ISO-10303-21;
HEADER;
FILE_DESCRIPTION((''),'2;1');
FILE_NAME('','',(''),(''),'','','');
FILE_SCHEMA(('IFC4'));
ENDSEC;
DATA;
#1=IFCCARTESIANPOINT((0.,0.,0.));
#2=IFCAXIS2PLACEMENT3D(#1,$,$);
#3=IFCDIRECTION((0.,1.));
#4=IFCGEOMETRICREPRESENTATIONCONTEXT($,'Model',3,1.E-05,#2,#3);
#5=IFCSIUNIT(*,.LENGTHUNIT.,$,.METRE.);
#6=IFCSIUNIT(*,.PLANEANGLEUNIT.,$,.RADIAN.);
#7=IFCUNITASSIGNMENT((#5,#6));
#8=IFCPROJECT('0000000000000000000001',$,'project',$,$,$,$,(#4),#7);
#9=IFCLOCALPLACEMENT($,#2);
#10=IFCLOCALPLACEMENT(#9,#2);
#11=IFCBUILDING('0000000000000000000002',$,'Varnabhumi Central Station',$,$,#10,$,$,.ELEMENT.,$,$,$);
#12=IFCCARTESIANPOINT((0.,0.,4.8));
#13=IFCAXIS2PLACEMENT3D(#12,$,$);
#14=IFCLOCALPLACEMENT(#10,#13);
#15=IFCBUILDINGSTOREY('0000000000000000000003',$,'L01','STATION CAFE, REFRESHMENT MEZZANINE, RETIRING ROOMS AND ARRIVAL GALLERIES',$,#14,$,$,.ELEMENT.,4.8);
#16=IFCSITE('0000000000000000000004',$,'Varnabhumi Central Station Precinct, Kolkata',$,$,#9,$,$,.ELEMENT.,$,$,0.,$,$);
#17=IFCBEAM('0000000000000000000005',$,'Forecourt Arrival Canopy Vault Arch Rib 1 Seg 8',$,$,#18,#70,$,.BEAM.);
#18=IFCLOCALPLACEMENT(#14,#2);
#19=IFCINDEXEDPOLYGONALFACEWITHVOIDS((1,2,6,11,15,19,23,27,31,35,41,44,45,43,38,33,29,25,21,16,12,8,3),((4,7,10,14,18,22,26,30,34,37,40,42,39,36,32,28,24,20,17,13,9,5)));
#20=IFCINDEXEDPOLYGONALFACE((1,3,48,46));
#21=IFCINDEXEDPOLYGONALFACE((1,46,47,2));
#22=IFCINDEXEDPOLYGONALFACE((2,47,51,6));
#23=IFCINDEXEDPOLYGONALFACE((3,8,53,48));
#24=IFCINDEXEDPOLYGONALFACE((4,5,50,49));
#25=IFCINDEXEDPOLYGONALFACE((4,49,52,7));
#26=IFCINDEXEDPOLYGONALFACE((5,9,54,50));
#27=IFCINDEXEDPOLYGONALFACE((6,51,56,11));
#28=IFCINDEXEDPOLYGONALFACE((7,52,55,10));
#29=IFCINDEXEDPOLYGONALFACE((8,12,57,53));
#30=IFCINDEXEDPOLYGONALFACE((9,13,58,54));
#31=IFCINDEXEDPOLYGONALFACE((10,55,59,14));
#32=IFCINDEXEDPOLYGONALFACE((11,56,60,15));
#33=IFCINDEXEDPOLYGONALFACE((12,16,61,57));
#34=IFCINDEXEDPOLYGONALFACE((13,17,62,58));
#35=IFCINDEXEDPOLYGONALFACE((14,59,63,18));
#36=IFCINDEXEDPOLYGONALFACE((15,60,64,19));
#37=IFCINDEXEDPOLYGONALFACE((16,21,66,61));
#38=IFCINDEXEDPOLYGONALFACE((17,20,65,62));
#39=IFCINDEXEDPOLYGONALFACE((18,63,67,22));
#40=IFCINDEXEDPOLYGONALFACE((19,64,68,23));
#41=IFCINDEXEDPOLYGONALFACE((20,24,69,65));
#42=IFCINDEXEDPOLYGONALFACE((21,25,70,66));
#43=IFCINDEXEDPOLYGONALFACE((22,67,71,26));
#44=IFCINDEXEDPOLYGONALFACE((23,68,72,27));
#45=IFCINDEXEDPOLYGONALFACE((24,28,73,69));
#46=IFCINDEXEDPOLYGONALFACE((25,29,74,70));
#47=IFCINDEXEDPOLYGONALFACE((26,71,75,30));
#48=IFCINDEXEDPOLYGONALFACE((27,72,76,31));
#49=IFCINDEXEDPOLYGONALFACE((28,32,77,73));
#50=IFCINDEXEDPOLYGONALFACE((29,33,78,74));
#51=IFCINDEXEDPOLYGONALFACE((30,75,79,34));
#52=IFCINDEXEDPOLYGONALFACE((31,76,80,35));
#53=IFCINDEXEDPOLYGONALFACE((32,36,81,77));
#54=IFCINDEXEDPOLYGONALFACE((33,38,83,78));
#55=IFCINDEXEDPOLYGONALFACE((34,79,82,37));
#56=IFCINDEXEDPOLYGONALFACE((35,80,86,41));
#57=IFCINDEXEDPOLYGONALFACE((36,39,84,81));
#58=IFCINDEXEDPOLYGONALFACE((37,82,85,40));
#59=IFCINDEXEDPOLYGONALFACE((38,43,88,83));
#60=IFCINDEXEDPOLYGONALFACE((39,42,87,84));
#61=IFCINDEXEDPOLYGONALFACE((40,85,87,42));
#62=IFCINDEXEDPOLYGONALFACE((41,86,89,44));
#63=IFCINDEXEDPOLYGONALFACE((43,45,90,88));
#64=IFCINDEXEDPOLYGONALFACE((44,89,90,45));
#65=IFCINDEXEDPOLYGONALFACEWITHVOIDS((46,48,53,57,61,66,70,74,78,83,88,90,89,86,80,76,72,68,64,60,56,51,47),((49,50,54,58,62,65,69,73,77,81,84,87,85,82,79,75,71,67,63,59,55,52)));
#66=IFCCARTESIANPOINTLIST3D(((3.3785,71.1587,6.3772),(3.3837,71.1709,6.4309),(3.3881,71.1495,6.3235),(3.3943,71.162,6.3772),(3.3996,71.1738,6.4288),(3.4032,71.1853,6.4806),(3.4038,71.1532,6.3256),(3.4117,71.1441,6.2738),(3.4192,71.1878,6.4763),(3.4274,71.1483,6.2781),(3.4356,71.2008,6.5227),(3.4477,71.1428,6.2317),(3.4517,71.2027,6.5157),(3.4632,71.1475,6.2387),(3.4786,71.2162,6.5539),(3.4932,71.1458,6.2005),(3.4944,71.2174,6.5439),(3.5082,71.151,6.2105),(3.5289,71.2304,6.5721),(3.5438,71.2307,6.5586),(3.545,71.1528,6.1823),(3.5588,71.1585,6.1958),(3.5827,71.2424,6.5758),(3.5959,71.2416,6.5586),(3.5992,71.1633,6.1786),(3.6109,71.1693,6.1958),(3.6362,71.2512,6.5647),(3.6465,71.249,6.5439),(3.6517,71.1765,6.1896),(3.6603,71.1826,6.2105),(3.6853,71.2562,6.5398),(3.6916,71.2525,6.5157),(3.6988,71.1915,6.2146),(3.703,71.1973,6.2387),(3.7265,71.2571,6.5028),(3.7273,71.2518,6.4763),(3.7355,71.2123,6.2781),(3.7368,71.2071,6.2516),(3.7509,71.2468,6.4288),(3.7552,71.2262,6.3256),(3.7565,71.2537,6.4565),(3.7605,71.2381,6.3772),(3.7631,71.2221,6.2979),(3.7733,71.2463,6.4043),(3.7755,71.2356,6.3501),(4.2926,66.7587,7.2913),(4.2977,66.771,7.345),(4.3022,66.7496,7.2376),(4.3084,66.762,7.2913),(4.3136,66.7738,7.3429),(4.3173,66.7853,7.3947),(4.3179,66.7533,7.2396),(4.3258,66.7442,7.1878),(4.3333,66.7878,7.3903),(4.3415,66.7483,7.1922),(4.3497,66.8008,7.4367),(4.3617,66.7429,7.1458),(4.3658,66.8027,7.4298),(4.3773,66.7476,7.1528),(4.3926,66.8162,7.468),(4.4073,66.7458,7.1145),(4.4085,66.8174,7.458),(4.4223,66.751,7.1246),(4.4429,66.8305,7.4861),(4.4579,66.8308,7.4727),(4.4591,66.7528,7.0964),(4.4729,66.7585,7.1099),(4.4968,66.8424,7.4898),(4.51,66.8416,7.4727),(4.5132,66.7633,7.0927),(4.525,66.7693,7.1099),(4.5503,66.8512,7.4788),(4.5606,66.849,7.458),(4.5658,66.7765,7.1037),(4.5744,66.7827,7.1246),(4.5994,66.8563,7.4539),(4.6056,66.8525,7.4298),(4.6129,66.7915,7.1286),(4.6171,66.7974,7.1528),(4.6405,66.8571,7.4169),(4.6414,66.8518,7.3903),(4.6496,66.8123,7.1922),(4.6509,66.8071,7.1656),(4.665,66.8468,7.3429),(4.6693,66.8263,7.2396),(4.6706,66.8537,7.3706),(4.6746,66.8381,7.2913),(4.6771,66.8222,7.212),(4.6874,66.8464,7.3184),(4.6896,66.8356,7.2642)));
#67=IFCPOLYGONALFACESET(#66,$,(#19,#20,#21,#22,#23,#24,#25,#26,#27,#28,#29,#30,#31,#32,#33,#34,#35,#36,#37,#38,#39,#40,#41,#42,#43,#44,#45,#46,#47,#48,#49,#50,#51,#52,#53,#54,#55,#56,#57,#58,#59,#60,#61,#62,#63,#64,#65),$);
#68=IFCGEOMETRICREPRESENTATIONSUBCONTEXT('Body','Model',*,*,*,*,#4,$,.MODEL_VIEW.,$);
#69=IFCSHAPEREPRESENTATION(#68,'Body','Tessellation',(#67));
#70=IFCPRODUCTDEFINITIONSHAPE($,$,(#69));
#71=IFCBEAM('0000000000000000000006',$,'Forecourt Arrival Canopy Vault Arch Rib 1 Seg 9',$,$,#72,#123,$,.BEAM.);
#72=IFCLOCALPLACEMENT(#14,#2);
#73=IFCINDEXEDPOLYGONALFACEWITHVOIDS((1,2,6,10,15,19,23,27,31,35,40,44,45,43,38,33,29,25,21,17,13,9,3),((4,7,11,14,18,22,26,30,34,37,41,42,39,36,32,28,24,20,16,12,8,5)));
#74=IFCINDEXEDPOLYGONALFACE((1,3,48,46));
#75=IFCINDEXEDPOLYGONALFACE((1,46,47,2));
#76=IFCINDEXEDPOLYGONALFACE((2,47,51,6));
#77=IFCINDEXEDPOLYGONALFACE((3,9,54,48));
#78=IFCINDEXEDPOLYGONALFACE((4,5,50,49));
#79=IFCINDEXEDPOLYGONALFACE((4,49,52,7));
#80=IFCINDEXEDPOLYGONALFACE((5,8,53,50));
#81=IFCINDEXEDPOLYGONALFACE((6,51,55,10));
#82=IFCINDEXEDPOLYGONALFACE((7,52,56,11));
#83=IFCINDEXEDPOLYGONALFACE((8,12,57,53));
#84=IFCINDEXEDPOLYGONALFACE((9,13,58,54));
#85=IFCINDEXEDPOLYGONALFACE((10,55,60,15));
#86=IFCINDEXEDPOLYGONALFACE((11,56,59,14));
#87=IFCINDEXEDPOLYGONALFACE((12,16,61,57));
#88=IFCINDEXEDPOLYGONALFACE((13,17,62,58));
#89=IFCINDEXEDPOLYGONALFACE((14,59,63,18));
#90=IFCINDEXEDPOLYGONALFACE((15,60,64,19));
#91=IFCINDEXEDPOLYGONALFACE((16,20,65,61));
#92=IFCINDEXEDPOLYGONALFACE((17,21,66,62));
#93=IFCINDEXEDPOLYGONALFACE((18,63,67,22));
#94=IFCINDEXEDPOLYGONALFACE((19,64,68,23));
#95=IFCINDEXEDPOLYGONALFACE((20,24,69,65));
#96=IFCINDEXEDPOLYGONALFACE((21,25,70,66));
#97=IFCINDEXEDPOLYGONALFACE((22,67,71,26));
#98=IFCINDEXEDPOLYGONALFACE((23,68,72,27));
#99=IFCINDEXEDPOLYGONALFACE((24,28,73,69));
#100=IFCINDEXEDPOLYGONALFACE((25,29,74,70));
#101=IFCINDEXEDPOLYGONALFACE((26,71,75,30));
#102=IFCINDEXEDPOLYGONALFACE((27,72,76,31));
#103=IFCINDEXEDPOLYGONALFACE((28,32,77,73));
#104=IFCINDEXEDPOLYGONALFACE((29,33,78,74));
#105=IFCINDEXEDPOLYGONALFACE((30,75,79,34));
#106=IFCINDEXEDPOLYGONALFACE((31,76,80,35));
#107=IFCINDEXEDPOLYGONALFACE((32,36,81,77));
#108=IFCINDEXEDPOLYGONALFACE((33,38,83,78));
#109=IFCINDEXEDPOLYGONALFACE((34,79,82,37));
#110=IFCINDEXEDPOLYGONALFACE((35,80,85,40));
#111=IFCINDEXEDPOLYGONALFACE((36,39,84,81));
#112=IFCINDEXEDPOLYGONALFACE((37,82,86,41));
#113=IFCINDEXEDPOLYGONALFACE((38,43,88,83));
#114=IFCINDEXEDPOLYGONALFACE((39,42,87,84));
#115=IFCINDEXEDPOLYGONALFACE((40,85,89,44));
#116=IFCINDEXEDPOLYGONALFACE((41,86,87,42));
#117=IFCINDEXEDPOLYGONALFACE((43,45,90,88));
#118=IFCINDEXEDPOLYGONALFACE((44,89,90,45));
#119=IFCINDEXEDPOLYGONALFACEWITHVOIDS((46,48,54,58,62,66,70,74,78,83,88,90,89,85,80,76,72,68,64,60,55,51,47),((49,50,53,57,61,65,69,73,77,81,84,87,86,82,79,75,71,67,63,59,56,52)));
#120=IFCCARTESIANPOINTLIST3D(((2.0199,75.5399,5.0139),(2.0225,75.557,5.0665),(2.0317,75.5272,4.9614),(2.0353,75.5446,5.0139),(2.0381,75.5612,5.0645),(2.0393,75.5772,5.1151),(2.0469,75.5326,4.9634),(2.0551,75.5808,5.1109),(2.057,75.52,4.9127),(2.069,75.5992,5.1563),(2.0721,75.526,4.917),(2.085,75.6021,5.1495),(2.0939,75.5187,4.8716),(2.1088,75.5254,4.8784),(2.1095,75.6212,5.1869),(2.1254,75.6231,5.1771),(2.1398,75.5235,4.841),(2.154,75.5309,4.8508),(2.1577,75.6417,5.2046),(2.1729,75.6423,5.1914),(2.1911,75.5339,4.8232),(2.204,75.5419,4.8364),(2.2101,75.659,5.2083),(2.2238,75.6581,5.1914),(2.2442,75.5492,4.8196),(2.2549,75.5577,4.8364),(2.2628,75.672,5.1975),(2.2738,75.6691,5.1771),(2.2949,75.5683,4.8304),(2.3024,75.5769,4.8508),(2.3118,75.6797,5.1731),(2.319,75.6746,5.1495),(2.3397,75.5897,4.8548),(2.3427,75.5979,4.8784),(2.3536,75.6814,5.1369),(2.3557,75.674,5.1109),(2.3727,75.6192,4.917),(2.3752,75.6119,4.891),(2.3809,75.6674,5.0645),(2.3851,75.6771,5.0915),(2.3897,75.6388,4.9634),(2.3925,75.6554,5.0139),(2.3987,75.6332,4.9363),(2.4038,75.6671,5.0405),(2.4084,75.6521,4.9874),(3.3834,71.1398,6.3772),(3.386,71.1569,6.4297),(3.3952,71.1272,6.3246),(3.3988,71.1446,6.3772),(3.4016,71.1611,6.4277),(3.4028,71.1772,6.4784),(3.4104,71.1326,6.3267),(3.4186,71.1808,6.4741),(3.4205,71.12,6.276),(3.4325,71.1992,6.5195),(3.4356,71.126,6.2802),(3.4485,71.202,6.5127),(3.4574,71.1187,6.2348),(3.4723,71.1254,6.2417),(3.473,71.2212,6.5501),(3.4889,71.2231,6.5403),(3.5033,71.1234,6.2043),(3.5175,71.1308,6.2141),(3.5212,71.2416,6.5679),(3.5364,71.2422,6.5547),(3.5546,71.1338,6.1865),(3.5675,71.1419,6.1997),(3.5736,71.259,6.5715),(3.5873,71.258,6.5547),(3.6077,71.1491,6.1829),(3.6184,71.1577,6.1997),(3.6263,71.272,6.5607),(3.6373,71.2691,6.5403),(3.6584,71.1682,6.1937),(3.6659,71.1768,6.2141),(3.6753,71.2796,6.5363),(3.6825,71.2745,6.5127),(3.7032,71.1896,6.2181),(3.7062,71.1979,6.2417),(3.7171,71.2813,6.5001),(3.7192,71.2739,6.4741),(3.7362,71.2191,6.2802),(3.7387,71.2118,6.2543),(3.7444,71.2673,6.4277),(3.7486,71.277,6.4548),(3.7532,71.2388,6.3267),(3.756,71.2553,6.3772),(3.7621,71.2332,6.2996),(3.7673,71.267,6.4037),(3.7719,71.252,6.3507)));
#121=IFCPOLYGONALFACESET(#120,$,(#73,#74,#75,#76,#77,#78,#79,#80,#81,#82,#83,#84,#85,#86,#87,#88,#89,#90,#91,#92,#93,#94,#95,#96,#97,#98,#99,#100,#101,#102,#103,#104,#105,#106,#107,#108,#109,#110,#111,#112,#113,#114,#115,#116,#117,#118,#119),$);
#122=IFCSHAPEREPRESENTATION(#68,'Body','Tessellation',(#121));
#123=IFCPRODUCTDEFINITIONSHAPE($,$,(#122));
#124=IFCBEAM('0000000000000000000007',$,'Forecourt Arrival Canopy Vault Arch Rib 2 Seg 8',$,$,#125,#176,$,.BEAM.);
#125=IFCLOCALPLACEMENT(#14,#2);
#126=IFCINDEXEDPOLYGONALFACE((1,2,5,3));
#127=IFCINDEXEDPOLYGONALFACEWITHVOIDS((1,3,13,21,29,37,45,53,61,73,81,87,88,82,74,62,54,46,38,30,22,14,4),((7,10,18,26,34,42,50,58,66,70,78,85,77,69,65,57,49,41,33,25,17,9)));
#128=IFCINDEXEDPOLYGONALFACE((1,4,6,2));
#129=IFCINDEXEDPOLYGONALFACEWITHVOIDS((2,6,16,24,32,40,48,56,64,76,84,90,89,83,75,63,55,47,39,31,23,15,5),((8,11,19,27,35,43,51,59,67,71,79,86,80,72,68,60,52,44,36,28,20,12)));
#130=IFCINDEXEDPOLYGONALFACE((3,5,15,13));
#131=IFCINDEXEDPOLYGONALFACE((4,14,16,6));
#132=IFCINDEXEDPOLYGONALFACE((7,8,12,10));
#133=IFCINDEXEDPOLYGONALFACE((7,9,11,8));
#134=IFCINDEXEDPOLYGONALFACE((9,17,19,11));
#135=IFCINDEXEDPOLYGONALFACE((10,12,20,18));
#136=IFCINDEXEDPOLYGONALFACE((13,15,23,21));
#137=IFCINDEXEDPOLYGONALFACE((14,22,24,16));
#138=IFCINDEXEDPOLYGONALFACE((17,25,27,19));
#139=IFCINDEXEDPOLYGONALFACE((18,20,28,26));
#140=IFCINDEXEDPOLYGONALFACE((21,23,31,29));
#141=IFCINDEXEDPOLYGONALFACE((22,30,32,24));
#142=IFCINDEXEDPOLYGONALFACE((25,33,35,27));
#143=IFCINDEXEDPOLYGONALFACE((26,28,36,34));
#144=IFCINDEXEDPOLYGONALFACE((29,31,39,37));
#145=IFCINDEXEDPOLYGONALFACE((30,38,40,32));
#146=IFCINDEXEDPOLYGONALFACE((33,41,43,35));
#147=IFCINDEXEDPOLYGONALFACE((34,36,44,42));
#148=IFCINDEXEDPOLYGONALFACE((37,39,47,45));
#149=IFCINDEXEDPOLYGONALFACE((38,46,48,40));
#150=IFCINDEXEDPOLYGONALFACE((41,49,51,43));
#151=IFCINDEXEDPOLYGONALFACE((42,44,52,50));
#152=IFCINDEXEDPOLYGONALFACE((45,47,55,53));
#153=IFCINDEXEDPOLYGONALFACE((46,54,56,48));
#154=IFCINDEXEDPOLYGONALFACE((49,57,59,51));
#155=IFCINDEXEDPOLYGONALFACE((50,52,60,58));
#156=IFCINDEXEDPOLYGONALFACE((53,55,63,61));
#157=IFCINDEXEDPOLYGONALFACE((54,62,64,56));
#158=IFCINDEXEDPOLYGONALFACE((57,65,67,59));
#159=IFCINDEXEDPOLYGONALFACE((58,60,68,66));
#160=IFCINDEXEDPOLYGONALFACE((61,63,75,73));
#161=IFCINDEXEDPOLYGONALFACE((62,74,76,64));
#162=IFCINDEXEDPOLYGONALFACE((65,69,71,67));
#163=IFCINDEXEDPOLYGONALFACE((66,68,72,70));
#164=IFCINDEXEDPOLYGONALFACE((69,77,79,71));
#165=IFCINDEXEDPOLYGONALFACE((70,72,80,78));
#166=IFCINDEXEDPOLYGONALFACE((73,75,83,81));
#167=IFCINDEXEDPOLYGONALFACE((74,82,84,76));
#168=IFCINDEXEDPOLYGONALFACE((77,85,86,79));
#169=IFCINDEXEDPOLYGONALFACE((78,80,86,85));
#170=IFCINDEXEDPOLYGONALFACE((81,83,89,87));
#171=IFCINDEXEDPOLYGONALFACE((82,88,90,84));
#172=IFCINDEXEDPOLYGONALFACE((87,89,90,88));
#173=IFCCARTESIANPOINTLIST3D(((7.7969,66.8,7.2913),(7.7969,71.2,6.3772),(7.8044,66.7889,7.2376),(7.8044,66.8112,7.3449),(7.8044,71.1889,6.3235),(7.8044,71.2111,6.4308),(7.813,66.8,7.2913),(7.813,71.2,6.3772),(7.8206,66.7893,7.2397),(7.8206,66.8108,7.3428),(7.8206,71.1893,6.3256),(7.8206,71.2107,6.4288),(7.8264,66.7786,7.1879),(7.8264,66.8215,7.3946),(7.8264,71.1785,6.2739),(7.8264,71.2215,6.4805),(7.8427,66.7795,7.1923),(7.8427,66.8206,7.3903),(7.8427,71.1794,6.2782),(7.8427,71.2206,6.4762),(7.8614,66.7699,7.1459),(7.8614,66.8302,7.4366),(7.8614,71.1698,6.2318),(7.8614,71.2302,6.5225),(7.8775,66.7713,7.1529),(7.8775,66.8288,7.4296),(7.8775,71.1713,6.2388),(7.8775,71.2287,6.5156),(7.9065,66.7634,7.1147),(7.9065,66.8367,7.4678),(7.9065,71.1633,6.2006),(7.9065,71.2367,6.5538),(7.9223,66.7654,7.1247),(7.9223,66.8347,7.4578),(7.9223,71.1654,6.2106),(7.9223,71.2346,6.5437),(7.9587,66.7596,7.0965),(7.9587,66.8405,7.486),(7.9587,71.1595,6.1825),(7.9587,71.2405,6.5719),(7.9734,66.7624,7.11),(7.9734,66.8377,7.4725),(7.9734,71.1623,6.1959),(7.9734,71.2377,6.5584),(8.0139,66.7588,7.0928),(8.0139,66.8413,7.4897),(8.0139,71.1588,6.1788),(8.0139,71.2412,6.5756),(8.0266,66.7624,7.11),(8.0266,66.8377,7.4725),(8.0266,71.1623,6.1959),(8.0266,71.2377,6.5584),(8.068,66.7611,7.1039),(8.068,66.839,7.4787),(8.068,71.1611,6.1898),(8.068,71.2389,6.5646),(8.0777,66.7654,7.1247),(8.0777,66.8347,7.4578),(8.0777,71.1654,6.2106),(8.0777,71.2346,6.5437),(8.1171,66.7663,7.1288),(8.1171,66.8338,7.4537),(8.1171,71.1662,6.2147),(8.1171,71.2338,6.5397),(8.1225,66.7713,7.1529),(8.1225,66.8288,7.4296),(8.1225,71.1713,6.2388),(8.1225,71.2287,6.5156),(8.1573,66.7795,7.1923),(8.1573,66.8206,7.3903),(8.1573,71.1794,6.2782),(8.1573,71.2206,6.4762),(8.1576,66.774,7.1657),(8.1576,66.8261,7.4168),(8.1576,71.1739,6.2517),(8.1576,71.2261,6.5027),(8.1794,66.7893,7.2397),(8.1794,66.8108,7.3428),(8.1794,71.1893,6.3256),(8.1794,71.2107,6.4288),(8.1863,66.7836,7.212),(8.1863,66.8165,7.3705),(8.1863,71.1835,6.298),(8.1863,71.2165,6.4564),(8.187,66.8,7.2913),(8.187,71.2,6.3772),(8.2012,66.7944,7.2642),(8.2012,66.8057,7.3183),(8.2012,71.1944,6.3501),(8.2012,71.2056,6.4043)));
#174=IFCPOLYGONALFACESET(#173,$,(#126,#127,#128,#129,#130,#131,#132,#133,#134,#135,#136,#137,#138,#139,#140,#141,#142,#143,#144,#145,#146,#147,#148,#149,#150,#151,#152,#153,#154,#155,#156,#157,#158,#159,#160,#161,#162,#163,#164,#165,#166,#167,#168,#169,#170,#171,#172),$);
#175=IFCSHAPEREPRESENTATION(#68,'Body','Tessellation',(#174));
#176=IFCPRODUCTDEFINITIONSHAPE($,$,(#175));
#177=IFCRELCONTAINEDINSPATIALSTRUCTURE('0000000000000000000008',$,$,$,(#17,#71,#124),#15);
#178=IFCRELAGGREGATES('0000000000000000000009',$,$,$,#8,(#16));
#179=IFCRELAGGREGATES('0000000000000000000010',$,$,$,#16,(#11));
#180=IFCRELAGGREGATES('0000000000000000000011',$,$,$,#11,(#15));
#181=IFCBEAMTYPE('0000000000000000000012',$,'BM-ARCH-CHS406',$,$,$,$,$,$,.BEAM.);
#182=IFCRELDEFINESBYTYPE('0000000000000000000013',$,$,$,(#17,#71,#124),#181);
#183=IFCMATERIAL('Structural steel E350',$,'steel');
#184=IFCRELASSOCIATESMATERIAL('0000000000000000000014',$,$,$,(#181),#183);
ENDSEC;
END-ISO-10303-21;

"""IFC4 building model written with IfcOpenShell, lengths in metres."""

from ifc_helpers import new_model, si_unit, direction, frame, origin, origin_2d, place, context, subcontext, project, spatial, hollow_circle, extrude, material, material_profile, profile_set, type_object, element, save


model = new_model("IFC4")

# Units and contexts
model_context = context("Model", 3, precision=1e-05, world=origin(), true_north=direction((0.0, 1.0)))
body_context = subcontext(model_context, "Body", "Model", "MODEL_VIEW")
ifc_project = project(units=[si_unit("LENGTHUNIT", "METRE"), si_unit("PLANEANGLEUNIT", "RADIAN")], contexts=[model_context])

# Site, building, storey
site_placement = place(None, origin())
site = spatial("IfcSite", under=ifc_project, at=site_placement, Name="Varnabhumi Central Station Precinct, Kolkata", CompositionType="ELEMENT", RefElevation=0.0)
building_placement = place(site_placement, origin())
building = spatial("IfcBuilding", under=site, at=building_placement, Name="Varnabhumi Central Station", CompositionType="ELEMENT")
storey_placement = place(building_placement, frame((0.0, 0.0, 4.8)))
storey = spatial("IfcBuildingStorey", under=building, at=storey_placement, Name="L01", Description="STATION CAFE, REFRESHMENT MEZZANINE, RETIRING ROOMS AND ARRIVAL GALLERIES", CompositionType="ELEMENT", Elevation=4.8)

# Beams
ifc_material_1 = material(Name="Structural steel E350", Category="steel")
ifc_material_profile_1 = material_profile(ifc_material_1, hollow_circle(Radius=0.2031, WallThickness=0.0161, at=origin_2d()), Name="Structural steel E350", Category="steel")
ifc_profile_set_1 = profile_set([ifc_material_profile_1], Name="Structural steel E350")
beam_type_1 = type_object("IfcBeamType", Name="BM-ARCH-CHS406", PredefinedType="BEAM", material=ifc_profile_set_1)
beam_1_placement = place(storey_placement, frame((4.4915, 66.8, 7.2913), z_axis=(-0.199322, 0.959449, -0.199322), x_axis=(-0.979095, -0.203403, 0.0)))
element("IfcBeam", 1, at=beam_1_placement, inside=storey, type_object=beam_type_1, Name="Forecourt Arrival Canopy Vault Arch Rib 1 Seg 8", PredefinedType="BEAM", context=body_context, shape_type="SweptSolid", body=[
    extrude(hollow_circle(Radius=0.2031, WallThickness=0.0161, at=origin_2d()), origin(), (0.0, 0.0, 1.0), 4.5859),
])
beam_2_placement = place(storey_placement, frame((3.5774, 71.2, 6.3772), z_axis=(-0.283828, 0.915922, -0.283777), x_axis=(-0.955189, -0.295996, 0.0)))
element("IfcBeam", 2, at=beam_2_placement, inside=storey, type_object=beam_type_1, Name="Forecourt Arrival Canopy Vault Arch Rib 1 Seg 9", PredefinedType="BEAM", context=body_context, shape_type="SweptSolid", body=[
    extrude(hollow_circle(Radius=0.2031, WallThickness=0.0161, at=origin_2d()), origin(), (0.0, 0.0, 1.0), 4.804),
])
beam_3_placement = place(storey_placement, frame((8.0, 66.8, 7.2913), z_axis=(0.0, 0.979095, -0.203403), x_axis=(-1.0, 0.0, 0.0)))
element("IfcBeam", 3, at=beam_3_placement, inside=storey, type_object=beam_type_1, Name="Forecourt Arrival Canopy Vault Arch Rib 2 Seg 8", PredefinedType="BEAM", context=body_context, shape_type="SweptSolid", body=[
    extrude(hollow_circle(Radius=0.2031, WallThickness=0.0161, at=origin_2d()), origin(), (0.0, 0.0, 1.0), 4.4939),
])

save(model, "model.ifc")
